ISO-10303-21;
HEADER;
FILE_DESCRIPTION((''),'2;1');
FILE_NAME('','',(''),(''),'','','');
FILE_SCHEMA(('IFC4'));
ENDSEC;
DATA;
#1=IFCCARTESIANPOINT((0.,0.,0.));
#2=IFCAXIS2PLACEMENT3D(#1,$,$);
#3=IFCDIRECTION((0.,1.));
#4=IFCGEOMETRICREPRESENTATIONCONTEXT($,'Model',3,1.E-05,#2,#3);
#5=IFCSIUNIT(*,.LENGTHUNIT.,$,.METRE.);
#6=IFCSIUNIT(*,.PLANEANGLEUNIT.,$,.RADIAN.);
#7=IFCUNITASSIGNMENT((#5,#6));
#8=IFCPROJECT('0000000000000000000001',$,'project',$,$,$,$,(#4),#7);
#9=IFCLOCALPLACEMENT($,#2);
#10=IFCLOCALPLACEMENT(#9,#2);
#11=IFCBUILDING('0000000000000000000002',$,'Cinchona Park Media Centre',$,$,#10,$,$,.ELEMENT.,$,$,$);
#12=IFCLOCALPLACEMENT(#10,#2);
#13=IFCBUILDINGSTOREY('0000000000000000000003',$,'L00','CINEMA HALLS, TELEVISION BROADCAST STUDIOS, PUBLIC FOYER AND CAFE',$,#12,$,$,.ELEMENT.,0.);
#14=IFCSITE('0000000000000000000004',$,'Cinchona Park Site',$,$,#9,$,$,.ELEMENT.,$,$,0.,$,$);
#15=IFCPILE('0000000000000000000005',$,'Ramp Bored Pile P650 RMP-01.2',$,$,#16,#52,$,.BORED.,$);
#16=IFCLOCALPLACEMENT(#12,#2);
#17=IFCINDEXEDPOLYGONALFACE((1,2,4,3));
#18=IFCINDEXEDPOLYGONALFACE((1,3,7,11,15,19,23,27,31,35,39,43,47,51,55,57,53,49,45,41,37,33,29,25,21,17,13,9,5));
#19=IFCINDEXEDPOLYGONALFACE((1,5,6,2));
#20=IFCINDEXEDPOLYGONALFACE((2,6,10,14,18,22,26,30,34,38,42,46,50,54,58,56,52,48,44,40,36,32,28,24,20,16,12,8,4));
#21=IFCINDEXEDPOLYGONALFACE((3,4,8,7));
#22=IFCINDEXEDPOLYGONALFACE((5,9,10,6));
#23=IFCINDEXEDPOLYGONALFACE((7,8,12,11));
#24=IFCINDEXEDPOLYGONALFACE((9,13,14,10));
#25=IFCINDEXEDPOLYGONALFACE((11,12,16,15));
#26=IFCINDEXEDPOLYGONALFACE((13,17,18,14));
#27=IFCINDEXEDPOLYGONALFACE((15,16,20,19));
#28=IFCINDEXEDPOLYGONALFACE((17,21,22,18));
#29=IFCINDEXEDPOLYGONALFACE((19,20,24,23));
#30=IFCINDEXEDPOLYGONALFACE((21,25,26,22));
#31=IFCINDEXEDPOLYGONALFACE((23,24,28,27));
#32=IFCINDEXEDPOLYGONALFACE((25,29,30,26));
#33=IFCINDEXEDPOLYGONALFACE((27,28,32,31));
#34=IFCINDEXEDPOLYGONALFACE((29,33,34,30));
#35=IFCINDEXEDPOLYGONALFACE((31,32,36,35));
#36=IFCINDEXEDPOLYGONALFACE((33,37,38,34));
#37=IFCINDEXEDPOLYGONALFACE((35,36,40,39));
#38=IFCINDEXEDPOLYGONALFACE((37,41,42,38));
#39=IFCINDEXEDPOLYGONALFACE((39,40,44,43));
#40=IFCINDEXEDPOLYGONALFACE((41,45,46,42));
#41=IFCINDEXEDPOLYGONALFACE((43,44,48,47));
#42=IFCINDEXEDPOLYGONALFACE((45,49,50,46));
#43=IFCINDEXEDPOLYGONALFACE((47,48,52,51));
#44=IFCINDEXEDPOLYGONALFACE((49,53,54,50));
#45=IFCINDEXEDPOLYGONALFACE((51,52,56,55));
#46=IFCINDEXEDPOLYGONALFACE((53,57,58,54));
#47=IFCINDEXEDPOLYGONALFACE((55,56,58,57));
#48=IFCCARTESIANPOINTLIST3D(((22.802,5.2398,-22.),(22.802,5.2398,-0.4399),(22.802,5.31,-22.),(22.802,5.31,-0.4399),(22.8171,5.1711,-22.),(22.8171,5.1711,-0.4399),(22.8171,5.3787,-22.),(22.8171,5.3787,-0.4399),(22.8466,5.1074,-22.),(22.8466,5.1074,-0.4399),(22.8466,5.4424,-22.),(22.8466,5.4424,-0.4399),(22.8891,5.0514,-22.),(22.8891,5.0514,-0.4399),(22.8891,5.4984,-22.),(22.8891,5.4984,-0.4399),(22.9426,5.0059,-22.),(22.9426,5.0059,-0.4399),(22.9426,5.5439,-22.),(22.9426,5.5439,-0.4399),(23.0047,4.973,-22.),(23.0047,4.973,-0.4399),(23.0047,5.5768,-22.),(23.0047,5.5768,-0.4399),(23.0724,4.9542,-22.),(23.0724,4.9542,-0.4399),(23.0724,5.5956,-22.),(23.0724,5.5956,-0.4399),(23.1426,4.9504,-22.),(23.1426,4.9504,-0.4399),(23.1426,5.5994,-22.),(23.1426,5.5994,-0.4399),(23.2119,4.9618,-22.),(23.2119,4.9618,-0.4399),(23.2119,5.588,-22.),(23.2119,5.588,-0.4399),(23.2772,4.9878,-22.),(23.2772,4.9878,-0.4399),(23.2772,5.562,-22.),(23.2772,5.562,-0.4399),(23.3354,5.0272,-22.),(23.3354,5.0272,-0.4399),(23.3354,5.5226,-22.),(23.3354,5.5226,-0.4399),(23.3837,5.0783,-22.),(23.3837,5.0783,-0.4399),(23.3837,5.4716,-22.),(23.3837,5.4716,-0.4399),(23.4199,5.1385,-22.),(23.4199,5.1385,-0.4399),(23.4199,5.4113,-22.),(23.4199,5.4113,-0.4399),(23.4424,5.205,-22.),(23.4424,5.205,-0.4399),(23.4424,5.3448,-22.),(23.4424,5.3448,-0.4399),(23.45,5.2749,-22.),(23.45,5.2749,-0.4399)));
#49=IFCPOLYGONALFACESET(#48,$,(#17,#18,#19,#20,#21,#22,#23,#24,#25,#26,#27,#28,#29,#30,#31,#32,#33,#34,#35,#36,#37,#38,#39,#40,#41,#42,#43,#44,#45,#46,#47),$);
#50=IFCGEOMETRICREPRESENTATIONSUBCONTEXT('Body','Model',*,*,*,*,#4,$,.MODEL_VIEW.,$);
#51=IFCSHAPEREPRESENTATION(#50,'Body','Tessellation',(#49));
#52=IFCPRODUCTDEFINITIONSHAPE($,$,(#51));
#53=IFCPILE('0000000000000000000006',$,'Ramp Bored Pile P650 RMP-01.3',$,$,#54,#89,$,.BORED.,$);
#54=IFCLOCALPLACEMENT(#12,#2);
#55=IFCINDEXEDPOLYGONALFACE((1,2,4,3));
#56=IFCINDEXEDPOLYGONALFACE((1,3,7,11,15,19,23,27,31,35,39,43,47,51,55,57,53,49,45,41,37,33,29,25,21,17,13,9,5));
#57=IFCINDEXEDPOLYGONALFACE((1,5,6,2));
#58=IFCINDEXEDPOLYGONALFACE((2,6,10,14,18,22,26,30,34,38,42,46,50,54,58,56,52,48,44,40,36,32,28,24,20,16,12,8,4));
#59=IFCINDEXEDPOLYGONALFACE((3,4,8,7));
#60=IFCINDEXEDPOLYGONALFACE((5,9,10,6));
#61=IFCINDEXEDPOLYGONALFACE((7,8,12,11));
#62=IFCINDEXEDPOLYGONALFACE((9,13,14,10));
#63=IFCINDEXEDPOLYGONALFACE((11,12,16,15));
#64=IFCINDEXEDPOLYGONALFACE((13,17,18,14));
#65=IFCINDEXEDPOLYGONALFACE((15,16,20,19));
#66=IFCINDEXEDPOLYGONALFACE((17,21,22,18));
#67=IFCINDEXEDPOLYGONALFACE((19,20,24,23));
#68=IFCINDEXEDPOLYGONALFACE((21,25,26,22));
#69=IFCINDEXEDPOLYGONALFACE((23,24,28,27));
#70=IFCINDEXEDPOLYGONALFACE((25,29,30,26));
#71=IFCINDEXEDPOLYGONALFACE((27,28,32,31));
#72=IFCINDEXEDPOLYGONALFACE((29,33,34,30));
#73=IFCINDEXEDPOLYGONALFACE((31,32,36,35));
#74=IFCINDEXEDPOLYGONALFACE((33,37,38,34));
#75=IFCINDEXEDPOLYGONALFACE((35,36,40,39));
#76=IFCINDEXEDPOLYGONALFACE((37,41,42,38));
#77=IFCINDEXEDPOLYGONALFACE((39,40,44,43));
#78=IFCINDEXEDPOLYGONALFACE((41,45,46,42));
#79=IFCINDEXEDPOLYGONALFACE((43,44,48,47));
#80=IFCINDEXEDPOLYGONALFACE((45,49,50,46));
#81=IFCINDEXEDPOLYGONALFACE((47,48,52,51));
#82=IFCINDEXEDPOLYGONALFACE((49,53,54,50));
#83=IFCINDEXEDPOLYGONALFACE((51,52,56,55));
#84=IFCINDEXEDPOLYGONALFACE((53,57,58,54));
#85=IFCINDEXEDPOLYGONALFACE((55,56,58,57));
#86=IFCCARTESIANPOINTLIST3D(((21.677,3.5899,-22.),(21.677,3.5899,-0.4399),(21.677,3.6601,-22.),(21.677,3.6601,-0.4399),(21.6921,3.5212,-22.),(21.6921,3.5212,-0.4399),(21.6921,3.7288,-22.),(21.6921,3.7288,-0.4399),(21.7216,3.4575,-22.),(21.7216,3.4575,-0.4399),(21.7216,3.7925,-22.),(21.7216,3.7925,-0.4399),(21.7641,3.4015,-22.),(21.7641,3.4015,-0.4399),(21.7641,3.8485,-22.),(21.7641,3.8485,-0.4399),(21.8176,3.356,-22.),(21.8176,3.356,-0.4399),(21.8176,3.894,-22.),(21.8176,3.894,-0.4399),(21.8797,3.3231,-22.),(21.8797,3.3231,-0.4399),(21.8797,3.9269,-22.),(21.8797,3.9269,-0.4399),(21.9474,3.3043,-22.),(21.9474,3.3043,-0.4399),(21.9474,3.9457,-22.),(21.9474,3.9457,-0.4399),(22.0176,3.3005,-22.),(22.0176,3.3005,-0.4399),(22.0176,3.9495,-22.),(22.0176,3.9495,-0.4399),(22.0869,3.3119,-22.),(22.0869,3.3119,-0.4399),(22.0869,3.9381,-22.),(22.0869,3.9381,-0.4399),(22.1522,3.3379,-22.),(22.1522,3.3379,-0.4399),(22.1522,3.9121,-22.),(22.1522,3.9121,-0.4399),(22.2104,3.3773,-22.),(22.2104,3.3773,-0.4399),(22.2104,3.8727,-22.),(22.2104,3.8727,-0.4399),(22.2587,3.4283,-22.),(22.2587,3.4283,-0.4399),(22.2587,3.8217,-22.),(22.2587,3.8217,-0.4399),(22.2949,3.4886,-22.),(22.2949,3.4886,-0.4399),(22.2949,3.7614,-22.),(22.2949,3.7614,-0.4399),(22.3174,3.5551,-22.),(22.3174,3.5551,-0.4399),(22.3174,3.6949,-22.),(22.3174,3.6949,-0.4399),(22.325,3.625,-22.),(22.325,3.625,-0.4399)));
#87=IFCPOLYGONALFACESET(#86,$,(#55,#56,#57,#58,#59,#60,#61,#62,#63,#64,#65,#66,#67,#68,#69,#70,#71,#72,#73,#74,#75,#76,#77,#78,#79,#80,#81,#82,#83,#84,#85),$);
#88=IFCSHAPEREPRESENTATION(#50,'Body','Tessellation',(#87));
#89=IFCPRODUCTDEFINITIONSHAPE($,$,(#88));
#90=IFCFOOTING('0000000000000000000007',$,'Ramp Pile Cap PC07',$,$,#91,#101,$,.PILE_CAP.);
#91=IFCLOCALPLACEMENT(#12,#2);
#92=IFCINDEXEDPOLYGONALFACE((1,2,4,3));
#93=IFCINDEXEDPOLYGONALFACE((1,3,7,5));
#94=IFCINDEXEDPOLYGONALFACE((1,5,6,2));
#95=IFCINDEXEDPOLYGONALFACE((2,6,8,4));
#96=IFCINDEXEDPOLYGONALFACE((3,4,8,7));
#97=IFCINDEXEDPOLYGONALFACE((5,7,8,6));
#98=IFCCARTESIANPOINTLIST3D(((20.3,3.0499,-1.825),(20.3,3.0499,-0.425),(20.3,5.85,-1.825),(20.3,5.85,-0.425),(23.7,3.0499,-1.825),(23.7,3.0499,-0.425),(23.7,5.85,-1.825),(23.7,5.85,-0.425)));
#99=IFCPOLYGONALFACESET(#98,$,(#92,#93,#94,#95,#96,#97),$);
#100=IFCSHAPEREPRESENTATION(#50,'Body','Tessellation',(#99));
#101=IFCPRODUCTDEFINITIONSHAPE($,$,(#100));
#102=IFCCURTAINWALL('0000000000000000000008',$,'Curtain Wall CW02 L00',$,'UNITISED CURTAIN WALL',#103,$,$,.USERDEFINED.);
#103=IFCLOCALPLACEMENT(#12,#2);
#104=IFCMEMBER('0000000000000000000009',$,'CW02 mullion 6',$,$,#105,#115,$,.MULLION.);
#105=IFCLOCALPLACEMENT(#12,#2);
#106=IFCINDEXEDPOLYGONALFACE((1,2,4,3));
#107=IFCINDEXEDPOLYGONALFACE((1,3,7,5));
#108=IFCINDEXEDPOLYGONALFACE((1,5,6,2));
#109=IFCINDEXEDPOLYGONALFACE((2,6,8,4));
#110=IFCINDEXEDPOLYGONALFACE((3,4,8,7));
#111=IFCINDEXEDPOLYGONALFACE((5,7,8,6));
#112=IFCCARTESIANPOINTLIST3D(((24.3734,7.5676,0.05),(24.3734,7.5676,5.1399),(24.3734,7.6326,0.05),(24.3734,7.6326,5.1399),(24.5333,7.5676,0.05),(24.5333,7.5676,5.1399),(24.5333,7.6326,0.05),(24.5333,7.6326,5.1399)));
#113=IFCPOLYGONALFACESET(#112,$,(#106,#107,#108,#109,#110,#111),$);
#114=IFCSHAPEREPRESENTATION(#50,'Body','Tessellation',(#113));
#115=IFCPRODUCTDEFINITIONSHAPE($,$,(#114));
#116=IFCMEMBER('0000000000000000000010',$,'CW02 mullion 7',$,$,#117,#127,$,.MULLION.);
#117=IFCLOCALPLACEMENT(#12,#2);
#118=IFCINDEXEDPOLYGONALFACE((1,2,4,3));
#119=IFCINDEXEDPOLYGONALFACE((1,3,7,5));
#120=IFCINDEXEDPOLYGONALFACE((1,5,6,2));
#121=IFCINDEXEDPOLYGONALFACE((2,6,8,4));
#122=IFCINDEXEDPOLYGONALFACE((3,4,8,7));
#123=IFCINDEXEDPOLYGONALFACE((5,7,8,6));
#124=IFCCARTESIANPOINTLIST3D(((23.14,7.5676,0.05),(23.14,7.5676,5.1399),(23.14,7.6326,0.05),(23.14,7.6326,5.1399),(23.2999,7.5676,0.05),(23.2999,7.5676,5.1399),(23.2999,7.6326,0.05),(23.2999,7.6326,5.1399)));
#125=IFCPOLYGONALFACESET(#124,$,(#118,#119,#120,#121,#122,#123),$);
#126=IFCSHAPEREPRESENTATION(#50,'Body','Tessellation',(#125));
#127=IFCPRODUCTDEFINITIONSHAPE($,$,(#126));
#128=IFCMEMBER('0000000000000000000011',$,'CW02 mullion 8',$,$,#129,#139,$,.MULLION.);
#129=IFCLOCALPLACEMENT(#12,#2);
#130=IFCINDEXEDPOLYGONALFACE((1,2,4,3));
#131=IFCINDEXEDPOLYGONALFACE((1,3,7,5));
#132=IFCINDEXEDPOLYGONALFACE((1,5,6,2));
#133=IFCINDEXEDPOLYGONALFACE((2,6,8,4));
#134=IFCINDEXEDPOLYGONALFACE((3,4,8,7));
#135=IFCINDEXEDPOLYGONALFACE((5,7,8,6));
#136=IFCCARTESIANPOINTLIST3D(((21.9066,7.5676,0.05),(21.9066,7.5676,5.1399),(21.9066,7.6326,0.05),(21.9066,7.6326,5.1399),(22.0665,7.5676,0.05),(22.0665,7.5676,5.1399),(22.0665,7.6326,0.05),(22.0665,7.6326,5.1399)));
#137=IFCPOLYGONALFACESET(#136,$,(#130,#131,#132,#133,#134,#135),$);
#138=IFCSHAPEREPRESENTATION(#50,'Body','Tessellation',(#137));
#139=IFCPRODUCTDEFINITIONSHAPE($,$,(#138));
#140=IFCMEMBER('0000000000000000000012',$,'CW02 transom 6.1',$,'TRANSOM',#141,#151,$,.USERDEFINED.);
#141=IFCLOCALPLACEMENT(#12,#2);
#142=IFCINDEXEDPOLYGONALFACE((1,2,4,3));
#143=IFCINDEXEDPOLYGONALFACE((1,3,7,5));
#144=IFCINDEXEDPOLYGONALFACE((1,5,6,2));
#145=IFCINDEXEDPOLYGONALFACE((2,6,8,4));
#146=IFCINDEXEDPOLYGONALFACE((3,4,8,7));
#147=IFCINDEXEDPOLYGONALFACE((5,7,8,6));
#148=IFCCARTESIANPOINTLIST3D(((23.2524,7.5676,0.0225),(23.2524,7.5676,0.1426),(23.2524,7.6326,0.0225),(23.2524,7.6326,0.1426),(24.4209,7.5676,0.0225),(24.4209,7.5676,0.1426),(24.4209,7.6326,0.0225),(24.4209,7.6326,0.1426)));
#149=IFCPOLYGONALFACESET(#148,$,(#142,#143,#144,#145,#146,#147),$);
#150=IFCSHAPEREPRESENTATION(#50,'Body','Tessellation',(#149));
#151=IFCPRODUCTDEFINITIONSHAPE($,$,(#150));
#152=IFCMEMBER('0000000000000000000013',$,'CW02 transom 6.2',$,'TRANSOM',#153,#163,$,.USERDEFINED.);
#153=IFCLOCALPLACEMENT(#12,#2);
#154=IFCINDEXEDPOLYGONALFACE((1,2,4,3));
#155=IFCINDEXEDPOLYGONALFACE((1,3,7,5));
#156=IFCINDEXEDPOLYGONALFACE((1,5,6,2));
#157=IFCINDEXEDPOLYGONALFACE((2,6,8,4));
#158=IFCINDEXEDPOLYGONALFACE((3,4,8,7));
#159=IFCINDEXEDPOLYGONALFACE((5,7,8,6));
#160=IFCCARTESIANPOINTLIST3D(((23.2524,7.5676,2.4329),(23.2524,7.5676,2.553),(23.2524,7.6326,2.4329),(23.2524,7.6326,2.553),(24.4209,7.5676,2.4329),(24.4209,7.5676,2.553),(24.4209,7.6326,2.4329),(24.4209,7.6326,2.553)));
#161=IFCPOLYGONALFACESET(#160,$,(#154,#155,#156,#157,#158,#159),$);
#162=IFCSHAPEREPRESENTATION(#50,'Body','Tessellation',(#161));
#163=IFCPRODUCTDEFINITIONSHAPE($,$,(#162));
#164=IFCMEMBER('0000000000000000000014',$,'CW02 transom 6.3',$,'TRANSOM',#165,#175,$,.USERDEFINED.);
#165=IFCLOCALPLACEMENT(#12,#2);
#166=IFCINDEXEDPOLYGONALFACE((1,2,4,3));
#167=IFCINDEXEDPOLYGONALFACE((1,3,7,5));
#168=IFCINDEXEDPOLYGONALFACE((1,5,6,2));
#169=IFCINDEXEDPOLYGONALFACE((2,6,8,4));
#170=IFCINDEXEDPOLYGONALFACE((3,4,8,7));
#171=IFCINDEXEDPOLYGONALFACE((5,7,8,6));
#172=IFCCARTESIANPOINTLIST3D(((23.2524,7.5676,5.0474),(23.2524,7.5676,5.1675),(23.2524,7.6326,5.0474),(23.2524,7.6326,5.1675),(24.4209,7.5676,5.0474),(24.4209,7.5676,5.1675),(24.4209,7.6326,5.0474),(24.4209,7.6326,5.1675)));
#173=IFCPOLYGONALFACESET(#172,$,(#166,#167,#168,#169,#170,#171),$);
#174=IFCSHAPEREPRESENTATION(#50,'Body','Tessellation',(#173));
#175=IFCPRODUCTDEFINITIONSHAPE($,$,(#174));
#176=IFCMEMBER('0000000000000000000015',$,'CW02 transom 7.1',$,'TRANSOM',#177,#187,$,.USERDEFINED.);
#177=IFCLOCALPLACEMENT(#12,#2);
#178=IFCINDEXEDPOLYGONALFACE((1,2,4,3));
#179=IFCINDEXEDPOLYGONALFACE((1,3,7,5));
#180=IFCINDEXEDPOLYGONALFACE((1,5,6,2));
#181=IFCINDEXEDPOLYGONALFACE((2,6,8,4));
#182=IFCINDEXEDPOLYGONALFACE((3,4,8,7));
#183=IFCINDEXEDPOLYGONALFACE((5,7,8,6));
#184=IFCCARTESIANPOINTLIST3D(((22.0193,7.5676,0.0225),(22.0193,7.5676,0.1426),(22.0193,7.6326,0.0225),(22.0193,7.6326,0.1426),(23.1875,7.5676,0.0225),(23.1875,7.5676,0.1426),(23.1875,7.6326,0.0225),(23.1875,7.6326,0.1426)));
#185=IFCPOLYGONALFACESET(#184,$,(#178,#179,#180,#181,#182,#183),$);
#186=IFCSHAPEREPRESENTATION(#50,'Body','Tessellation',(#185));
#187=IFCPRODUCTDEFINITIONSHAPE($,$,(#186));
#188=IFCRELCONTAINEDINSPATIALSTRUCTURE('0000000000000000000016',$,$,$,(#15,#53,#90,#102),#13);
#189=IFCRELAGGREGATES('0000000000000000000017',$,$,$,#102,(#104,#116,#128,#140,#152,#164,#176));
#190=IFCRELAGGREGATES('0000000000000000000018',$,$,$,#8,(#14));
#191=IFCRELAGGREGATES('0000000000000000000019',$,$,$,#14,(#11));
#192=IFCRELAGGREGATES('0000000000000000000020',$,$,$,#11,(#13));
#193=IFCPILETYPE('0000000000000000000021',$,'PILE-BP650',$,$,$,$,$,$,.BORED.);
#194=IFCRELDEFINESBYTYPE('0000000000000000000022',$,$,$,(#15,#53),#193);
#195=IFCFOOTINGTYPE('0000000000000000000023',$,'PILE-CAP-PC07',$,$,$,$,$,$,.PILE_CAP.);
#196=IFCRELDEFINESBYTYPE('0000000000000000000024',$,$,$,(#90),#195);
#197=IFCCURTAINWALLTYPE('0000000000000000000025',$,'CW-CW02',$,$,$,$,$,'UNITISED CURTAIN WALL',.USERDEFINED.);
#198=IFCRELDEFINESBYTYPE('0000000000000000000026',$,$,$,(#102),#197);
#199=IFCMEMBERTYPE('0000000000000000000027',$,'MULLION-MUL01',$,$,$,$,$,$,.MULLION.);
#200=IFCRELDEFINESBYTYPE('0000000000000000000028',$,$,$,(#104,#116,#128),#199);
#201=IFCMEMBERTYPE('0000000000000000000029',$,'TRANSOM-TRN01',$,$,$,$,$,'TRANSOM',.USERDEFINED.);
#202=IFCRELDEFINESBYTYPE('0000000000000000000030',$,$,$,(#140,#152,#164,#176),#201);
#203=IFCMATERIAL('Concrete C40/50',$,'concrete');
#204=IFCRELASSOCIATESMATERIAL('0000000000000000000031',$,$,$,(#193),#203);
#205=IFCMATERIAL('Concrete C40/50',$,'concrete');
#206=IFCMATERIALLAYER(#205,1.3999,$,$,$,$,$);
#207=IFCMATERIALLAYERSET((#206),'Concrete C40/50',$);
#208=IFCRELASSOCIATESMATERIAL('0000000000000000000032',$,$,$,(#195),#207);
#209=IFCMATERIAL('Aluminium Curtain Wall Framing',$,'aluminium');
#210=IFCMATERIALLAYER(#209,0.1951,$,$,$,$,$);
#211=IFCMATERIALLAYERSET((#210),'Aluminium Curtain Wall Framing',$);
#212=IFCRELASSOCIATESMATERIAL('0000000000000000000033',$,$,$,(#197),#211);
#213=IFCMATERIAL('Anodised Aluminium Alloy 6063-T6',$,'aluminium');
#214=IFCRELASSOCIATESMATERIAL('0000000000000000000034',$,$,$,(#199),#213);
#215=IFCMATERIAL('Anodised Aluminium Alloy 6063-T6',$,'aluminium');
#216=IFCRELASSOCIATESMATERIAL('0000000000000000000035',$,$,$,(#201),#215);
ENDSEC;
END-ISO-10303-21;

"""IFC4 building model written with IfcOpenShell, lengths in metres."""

from ifc_helpers import new_model, si_unit, direction, frame, origin, origin_2d, place, context, subcontext, project, spatial, rectangle, circle, extrude, material, layer, layer_set, material_profile, profile_set, type_object, element, aggregate, save


model = new_model("IFC4")

# Units and contexts
model_context = context("Model", 3, precision=1e-05, world=origin(), true_north=direction((0.0, 1.0)))
body_context = subcontext(model_context, "Body", "Model", "MODEL_VIEW")
ifc_project = project(units=[si_unit("LENGTHUNIT", "METRE"), si_unit("PLANEANGLEUNIT", "RADIAN")], contexts=[model_context])

# Site, building, storey
site_placement = place(None, origin())
site = spatial("IfcSite", under=ifc_project, at=site_placement, Name="Cinchona Park Site", CompositionType="ELEMENT", RefElevation=0.0)
building_placement = place(site_placement, origin())
building = spatial("IfcBuilding", under=site, at=building_placement, Name="Cinchona Park Media Centre", CompositionType="ELEMENT")
storey_placement = place(building_placement, origin())
storey = spatial("IfcBuildingStorey", under=building, at=storey_placement, Name="L00", Description="CINEMA HALLS, TELEVISION BROADCAST STUDIOS, PUBLIC FOYER AND CAFE", CompositionType="ELEMENT", Elevation=0.0)

# Piles
ifc_material_1 = material(Name="Concrete C40/50", Category="concrete")
ifc_material_profile_1 = material_profile(ifc_material_1, circle(Radius=0.325, at=origin_2d()), Name="BORED PILE 650")
ifc_profile_set_1 = profile_set([ifc_material_profile_1], Name="Concrete C40/50")
pile_type = type_object("IfcPileType", Name="PILE-BP650", PredefinedType="BORED", material=ifc_profile_set_1)
for number, where, z_axis, x_axis, name in (
    (1, (23.125, 5.2749, -0.4399), (0.0, 0.0, -1.0), (1.0, 0.0, 0.0), "Ramp Bored Pile P650 RMP-01.2"),
    (2, (22.0, 3.625, -0.4399), (0.0, 0.0, -1.0), (1.0, 0.0, 0.0), "Ramp Bored Pile P650 RMP-01.3"),
):
    element("IfcPile", number, at=place(storey_placement, frame(where, z_axis=z_axis, x_axis=x_axis)), inside=storey, type_object=pile_type, Name=name, PredefinedType="BORED", context=body_context, shape_type="SweptSolid", body=[
        extrude(circle(Radius=0.325, at=origin_2d()), origin(), (0.0, 0.0, 1.0), 21.5601),
    ])

# Footing
ifc_material_2 = material(Name="Concrete C40/50", Category="concrete")
ifc_layer_1 = layer(ifc_material_2, 1.3999)
ifc_layer_set_1 = layer_set([ifc_layer_1], Name="Concrete C40/50")
footing_type = type_object("IfcFootingType", Name="PILE-CAP-PC07", PredefinedType="PILE_CAP", material=ifc_layer_set_1)
footing_placement = place(storey_placement, frame((22.0, 4.45, -1.825), z_axis=(0.0, 0.0, 1.0), x_axis=(1.0, 0.0, 0.0)))
element("IfcFooting", 3, at=footing_placement, inside=storey, type_object=footing_type, Name="Ramp Pile Cap PC07", PredefinedType="PILE_CAP", context=body_context, shape_type="SweptSolid", body=[
    extrude(rectangle(XDim=3.3999, YDim=2.8, at=origin_2d()), origin(), (0.0, 0.0, 1.0), 1.3999),
])

# Curtain wall, members
ifc_material_3 = material(Name="Aluminium Curtain Wall Framing", Category="aluminium")
ifc_layer_2 = layer(ifc_material_3, 0.1951)
ifc_layer_set_2 = layer_set([ifc_layer_2], Name="Aluminium Curtain Wall Framing")
curtain_wall_type = type_object("IfcCurtainWallType", Name="CW-CW02", ElementType="UNITISED CURTAIN WALL", PredefinedType="USERDEFINED", material=ifc_layer_set_2)
curtain_wall_placement = place(storey_placement, origin())
curtain_wall = element("IfcCurtainWall", 4, at=curtain_wall_placement, inside=storey, type_object=curtain_wall_type, Name="Curtain Wall CW02 L00", ObjectType="UNITISED CURTAIN WALL", PredefinedType="USERDEFINED")
ifc_material_4 = material(Name="Anodised Aluminium Alloy 6063-T6", Category="aluminium")
ifc_material_profile_2 = material_profile(ifc_material_4, rectangle(XDim=0.0649, YDim=0.1599, at=origin_2d()), Name="MUL-65X160")
ifc_profile_set_2 = profile_set([ifc_material_profile_2], Name="Anodised Aluminium Alloy 6063-T6")
member_type_1 = type_object("IfcMemberType", Name="MULLION-MUL01", PredefinedType="MULLION", material=ifc_profile_set_2)
member_1_placement = place(storey_placement, frame((24.4534, 7.6001, 0.05), z_axis=(0.0, 0.0, 1.0), x_axis=(0.0, -1.0, 0.0)))
member_1 = element("IfcMember", 5, at=member_1_placement, type_object=member_type_1, Name="CW02 mullion 6", PredefinedType="MULLION", context=body_context, shape_type="SweptSolid", body=[
    extrude(rectangle(XDim=0.0649, YDim=0.1599, at=origin_2d()), origin(), (0.0, 0.0, 1.0), 5.0898),
])
member_2_placement = place(storey_placement, frame((23.22, 7.6001, 0.05), z_axis=(0.0, 0.0, 1.0), x_axis=(0.0, -1.0, 0.0)))
member_2 = element("IfcMember", 6, at=member_2_placement, type_object=member_type_1, Name="CW02 mullion 7", PredefinedType="MULLION", context=body_context, shape_type="SweptSolid", body=[
    extrude(rectangle(XDim=0.0649, YDim=0.1599, at=origin_2d()), origin(), (0.0, 0.0, 1.0), 5.0898),
])
member_3_placement = place(storey_placement, frame((21.9866, 7.6001, 0.05), z_axis=(0.0, 0.0, 1.0), x_axis=(0.0, -1.0, 0.0)))
member_3 = element("IfcMember", 7, at=member_3_placement, type_object=member_type_1, Name="CW02 mullion 8", PredefinedType="MULLION", context=body_context, shape_type="SweptSolid", body=[
    extrude(rectangle(XDim=0.0649, YDim=0.1599, at=origin_2d()), origin(), (0.0, 0.0, 1.0), 5.0898),
])
ifc_material_5 = material(Name="Anodised Aluminium Alloy 6063-T6", Category="aluminium")
ifc_material_profile_3 = material_profile(ifc_material_5, rectangle(XDim=0.0649, YDim=0.1201, at=origin_2d()), Name="TRN-65X120")
ifc_profile_set_3 = profile_set([ifc_material_profile_3], Name="Anodised Aluminium Alloy 6063-T6")
member_type_2 = type_object("IfcMemberType", Name="TRANSOM-TRN01", ElementType="TRANSOM", PredefinedType="USERDEFINED", material=ifc_profile_set_3)
member_4_placement = place(storey_placement, frame((24.4209, 7.6001, 0.0825), z_axis=(-1.0, 0.0, 0.0), x_axis=(0.0, -1.0, 0.0)))
member_4 = element("IfcMember", 8, at=member_4_placement, type_object=member_type_2, Name="CW02 transom 6.1", ObjectType="TRANSOM", PredefinedType="USERDEFINED", context=body_context, shape_type="SweptSolid", body=[
    extrude(rectangle(XDim=0.0649, YDim=0.1201, at=origin_2d()), origin(), (0.0, 0.0, 1.0), 1.1685),
])
member_5_placement = place(storey_placement, frame((24.4209, 7.6001, 2.4929), z_axis=(-1.0, 0.0, 0.0), x_axis=(0.0, -1.0, 0.0)))
member_5 = element("IfcMember", 9, at=member_5_placement, type_object=member_type_2, Name="CW02 transom 6.2", ObjectType="TRANSOM", PredefinedType="USERDEFINED", context=body_context, shape_type="SweptSolid", body=[
    extrude(rectangle(XDim=0.0649, YDim=0.1201, at=origin_2d()), origin(), (0.0, 0.0, 1.0), 1.1685),
])
member_6_placement = place(storey_placement, frame((24.4209, 7.6001, 5.1074), z_axis=(-1.0, 0.0, 0.0), x_axis=(0.0, -1.0, 0.0)))
member_6 = element("IfcMember", 10, at=member_6_placement, type_object=member_type_2, Name="CW02 transom 6.3", ObjectType="TRANSOM", PredefinedType="USERDEFINED", context=body_context, shape_type="SweptSolid", body=[
    extrude(rectangle(XDim=0.0649, YDim=0.1201, at=origin_2d()), origin(), (0.0, 0.0, 1.0), 1.1685),
])
member_7_placement = place(storey_placement, frame((23.1875, 7.6001, 0.0825), z_axis=(-1.0, 0.0, 0.0), x_axis=(0.0, -1.0, 0.0)))
member_7 = element("IfcMember", 11, at=member_7_placement, type_object=member_type_2, Name="CW02 transom 7.1", ObjectType="TRANSOM", PredefinedType="USERDEFINED", context=body_context, shape_type="SweptSolid", body=[
    extrude(rectangle(XDim=0.0649, YDim=0.1201, at=origin_2d()), origin(), (0.0, 0.0, 1.0), 1.1682),
])
aggregate(curtain_wall, [member_1, member_2, member_3, member_4, member_5, member_6, member_7])

save(model, "model.ifc")
